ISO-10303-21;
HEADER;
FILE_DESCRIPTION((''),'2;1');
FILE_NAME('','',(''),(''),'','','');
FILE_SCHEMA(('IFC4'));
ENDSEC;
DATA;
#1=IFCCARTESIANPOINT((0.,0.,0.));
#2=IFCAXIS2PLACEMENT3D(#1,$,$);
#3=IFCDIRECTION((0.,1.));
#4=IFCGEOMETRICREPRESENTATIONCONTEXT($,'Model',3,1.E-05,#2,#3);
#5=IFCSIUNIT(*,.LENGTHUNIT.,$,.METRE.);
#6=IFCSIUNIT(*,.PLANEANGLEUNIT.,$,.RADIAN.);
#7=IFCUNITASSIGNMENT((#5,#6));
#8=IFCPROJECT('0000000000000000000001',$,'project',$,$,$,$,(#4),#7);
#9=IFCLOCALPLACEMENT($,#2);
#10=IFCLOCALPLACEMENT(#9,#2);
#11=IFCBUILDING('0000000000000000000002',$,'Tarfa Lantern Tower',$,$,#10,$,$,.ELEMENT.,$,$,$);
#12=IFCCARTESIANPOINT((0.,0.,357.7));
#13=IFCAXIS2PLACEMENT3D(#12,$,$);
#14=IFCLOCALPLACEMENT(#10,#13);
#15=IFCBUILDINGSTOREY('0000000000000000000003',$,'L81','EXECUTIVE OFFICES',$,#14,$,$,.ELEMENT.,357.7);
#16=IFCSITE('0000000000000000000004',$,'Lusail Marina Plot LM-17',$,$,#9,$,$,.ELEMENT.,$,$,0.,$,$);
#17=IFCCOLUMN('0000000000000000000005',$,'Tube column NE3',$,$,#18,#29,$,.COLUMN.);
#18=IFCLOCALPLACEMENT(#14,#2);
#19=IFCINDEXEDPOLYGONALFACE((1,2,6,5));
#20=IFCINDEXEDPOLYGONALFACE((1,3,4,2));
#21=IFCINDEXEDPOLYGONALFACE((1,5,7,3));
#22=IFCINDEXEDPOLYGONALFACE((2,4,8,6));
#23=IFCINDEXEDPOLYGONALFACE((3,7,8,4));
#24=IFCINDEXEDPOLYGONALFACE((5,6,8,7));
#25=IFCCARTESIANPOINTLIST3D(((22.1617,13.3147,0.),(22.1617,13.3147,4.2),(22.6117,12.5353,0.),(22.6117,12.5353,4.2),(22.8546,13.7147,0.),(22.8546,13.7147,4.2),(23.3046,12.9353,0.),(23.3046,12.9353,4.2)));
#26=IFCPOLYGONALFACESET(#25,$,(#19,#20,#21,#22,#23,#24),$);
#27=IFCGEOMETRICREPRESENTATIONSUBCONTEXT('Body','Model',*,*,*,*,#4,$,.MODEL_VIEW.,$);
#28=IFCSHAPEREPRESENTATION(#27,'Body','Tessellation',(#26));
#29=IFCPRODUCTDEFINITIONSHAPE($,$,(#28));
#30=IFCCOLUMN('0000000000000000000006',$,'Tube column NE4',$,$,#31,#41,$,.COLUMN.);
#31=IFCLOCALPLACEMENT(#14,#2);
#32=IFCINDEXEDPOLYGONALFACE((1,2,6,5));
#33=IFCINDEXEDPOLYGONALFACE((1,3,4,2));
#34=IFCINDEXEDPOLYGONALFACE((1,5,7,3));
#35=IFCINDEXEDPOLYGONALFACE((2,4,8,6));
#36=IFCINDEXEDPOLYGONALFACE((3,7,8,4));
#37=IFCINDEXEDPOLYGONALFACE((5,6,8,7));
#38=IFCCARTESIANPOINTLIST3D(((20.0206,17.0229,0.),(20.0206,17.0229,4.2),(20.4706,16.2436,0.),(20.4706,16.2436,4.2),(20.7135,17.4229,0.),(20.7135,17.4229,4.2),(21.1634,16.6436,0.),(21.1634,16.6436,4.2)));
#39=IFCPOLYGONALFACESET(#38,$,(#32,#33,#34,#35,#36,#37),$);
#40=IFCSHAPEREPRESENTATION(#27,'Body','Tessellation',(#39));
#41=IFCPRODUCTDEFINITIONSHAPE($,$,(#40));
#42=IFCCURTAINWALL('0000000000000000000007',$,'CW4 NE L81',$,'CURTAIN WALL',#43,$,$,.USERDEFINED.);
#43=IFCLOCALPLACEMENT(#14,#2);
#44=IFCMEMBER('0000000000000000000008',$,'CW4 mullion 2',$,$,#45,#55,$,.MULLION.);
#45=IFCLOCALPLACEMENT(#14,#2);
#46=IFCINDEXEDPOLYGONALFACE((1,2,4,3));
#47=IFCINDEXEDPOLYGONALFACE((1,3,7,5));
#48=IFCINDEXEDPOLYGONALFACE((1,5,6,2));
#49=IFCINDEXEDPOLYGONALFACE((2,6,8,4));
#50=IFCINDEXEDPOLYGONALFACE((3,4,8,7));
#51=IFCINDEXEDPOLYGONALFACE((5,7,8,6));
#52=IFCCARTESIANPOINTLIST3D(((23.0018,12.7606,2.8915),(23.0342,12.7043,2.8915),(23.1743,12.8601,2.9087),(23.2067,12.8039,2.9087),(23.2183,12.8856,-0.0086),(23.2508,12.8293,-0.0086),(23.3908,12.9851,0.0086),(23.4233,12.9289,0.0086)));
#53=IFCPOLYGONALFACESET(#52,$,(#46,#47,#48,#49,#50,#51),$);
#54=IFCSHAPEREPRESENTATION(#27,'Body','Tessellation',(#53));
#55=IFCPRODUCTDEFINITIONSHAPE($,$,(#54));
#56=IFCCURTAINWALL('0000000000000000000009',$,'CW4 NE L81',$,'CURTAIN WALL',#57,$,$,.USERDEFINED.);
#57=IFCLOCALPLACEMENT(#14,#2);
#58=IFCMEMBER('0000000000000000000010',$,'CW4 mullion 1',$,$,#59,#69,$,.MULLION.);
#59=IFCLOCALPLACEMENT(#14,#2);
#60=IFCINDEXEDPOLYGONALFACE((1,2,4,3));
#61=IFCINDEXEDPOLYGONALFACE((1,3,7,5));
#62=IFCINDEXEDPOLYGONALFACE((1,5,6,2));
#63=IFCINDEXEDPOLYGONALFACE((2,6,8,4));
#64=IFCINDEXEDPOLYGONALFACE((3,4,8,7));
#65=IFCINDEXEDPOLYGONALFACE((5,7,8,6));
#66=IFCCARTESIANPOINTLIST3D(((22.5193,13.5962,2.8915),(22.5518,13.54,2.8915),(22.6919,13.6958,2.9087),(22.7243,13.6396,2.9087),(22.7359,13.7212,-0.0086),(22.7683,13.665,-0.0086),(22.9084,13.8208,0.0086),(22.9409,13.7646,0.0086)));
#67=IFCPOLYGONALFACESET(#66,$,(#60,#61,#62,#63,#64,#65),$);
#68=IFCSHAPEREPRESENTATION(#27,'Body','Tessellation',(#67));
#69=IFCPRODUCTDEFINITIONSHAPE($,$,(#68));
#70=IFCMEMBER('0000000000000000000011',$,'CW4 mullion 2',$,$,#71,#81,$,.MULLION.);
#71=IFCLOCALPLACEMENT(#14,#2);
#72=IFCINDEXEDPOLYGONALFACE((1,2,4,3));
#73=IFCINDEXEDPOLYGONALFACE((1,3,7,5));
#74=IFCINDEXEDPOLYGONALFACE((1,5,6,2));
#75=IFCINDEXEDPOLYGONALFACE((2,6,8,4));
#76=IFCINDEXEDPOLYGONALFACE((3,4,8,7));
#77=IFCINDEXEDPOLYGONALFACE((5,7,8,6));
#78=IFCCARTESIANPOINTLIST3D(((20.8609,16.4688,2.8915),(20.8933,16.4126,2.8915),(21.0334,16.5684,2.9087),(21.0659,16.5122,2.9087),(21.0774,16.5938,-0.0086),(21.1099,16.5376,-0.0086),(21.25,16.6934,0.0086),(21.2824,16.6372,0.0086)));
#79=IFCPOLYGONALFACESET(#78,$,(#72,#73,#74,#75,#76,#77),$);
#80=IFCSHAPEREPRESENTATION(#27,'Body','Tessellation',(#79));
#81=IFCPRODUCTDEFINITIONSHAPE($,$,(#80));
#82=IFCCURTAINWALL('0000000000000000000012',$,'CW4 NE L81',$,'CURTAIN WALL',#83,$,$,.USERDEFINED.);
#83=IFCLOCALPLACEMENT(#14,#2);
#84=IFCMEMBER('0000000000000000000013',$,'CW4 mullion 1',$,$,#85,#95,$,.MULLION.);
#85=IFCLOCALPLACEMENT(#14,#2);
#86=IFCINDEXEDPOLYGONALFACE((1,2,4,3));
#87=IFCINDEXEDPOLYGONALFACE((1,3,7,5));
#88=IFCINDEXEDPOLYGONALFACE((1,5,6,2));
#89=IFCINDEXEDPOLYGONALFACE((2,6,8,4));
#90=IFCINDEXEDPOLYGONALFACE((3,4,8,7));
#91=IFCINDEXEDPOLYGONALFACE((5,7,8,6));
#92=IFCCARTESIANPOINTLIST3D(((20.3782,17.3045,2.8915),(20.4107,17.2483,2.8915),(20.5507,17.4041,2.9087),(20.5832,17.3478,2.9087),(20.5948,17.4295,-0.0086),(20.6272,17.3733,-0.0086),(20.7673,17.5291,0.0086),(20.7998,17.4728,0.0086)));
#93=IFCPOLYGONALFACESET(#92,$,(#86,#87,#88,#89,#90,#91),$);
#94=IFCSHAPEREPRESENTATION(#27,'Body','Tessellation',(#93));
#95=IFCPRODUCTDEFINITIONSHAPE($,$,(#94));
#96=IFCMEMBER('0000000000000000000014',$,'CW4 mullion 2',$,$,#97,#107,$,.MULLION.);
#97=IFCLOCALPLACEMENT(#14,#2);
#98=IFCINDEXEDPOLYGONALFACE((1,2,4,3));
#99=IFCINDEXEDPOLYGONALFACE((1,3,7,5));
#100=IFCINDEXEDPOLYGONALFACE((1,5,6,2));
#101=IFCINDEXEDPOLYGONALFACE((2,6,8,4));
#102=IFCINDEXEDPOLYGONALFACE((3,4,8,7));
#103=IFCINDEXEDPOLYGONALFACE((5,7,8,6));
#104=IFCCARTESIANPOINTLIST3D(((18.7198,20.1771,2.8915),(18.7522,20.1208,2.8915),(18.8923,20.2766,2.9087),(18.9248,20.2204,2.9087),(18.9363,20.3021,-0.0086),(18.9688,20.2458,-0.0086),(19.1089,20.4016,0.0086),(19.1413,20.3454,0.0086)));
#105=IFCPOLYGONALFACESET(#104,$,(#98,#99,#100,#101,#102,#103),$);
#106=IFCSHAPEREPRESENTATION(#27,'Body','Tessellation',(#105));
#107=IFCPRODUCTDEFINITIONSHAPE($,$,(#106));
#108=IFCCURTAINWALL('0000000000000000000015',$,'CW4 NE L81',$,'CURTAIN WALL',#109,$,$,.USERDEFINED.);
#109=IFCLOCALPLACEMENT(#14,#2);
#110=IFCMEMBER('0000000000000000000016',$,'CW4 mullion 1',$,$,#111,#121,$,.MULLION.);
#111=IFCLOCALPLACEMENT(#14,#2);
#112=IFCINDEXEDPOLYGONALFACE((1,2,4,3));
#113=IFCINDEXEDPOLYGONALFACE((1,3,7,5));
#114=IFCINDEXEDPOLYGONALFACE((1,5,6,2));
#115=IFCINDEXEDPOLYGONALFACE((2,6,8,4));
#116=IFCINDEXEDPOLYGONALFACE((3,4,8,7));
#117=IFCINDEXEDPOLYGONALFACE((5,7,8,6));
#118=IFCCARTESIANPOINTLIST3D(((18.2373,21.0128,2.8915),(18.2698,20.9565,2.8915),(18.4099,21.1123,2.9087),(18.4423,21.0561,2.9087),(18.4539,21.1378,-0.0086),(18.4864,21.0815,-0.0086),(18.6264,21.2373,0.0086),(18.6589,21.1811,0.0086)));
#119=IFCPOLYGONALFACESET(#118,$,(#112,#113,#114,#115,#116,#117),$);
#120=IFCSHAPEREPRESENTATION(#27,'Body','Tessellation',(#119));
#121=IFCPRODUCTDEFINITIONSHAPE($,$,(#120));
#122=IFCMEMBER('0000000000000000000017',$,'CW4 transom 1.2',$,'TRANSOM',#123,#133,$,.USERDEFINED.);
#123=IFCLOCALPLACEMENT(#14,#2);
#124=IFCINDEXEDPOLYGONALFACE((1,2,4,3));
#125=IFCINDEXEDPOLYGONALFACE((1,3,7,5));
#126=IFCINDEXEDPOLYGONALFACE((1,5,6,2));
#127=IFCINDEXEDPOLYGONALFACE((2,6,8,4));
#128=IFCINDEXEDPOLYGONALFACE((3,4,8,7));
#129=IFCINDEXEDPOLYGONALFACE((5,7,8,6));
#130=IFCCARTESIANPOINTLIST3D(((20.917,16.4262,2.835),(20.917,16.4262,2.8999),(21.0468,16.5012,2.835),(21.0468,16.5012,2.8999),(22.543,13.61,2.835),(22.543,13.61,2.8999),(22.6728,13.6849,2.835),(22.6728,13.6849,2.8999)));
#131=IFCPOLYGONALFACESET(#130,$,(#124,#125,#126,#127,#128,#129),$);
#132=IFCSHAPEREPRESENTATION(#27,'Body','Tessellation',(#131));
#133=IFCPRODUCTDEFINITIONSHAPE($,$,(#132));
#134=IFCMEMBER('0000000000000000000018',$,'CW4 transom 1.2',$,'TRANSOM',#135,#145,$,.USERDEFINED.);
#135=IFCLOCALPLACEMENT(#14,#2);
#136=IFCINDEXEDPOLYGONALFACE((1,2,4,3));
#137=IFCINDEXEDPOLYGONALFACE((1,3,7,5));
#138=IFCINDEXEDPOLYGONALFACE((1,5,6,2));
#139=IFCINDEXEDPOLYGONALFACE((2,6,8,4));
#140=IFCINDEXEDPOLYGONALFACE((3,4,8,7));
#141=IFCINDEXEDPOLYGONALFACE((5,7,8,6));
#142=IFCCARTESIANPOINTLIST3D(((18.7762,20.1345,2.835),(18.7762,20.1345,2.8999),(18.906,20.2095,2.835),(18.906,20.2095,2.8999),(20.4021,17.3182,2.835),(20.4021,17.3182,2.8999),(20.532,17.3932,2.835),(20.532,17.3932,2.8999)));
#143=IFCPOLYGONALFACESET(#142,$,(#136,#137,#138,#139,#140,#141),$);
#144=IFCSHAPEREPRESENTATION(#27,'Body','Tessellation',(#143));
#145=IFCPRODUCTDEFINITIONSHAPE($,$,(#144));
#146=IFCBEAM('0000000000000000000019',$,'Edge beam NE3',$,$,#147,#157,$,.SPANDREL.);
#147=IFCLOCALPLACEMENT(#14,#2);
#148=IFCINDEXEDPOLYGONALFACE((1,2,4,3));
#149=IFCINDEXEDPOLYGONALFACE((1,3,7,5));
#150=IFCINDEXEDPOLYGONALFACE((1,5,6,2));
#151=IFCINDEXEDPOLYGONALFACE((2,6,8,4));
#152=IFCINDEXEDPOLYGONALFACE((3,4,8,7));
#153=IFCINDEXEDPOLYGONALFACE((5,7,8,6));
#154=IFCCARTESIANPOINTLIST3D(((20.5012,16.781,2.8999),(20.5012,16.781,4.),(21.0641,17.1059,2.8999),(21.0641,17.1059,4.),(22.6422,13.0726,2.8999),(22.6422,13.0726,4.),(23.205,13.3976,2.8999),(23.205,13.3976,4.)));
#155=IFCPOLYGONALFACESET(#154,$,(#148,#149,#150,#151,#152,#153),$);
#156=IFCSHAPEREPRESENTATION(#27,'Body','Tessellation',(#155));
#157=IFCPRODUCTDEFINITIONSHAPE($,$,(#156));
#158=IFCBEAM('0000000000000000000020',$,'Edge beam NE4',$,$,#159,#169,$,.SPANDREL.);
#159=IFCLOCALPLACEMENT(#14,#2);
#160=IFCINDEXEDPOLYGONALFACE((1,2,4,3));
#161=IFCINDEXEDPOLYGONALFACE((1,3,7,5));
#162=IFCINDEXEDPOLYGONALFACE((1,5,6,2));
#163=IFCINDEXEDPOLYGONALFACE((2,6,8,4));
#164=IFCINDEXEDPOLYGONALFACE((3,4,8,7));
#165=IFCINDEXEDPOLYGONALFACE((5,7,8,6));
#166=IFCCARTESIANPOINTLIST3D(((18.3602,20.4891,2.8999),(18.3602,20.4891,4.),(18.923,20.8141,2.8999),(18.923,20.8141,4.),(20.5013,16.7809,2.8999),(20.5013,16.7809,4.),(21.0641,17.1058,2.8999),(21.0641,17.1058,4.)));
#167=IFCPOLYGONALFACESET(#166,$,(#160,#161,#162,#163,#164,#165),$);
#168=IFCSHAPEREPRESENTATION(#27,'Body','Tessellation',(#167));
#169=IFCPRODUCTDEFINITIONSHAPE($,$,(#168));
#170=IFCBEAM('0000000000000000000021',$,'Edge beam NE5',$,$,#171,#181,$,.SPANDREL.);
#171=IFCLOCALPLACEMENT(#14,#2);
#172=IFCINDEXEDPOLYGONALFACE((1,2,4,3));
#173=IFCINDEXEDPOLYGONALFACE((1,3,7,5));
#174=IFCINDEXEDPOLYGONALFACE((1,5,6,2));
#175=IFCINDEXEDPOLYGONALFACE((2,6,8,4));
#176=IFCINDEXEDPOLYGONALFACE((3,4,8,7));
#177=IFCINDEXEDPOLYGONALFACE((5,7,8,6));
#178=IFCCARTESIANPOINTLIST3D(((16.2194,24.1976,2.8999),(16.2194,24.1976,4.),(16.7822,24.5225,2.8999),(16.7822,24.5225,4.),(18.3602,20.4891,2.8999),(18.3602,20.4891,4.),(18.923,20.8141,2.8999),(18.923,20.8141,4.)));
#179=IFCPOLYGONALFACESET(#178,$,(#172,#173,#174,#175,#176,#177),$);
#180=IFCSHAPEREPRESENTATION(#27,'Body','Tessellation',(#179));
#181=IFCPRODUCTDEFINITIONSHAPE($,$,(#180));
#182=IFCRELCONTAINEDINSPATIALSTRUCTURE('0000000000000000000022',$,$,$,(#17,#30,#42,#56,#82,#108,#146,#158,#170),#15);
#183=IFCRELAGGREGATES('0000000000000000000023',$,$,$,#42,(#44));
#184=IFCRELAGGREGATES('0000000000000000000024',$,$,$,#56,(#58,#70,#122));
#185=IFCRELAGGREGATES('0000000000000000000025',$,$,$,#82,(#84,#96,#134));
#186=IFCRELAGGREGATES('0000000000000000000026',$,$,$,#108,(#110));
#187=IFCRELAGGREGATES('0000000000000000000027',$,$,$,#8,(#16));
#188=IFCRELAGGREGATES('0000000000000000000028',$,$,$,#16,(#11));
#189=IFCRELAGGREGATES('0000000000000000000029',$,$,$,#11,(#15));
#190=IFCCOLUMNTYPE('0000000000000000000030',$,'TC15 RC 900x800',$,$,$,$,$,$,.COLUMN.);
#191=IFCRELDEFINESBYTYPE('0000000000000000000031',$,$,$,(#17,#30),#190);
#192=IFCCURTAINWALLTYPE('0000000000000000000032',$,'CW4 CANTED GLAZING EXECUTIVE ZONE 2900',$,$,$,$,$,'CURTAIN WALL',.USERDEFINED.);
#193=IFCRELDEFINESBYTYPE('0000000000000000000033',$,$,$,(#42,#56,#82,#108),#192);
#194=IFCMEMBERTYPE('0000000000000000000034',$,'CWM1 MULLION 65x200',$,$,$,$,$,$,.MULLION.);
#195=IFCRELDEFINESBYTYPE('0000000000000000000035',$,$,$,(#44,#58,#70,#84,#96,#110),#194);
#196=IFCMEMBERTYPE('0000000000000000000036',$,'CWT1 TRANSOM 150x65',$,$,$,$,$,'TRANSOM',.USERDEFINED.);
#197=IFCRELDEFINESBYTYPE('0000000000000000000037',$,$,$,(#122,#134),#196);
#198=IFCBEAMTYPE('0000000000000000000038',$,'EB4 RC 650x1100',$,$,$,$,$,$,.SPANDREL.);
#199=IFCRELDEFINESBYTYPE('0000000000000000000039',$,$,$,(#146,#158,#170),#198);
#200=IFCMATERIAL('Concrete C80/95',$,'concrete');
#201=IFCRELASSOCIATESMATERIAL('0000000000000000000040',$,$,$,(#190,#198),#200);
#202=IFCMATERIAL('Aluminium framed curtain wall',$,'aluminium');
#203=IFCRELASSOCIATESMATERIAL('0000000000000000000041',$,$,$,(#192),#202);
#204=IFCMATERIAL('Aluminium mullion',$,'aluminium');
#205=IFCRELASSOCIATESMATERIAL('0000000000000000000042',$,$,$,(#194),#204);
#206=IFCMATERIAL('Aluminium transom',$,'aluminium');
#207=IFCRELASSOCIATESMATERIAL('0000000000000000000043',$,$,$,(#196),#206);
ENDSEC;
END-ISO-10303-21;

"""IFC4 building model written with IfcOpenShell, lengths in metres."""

from ifc_helpers import new_model, si_unit, direction, frame, origin, origin_2d, place, context, subcontext, project, spatial, rectangle, extrude, material, material_profile, profile_set, type_object, element, aggregate, save


model = new_model("IFC4")

# Units and contexts
model_context = context("Model", 3, precision=1e-05, world=origin(), true_north=direction((0.0, 1.0)))
body_context = subcontext(model_context, "Body", "Model", "MODEL_VIEW")
ifc_project = project(units=[si_unit("LENGTHUNIT", "METRE"), si_unit("PLANEANGLEUNIT", "RADIAN")], contexts=[model_context])

# Site, building, storey
site_placement = place(None, origin())
site = spatial("IfcSite", under=ifc_project, at=site_placement, Name="Lusail Marina Plot LM-17", CompositionType="ELEMENT", RefElevation=0.0)
building_placement = place(site_placement, origin())
building = spatial("IfcBuilding", under=site, at=building_placement, Name="Tarfa Lantern Tower", CompositionType="ELEMENT")
storey_placement = place(building_placement, frame((0.0, 0.0, 357.7)))
storey = spatial("IfcBuildingStorey", under=building, at=storey_placement, Name="L81", Description="EXECUTIVE OFFICES", CompositionType="ELEMENT", Elevation=357.7)

# Columns
ifc_material_1 = material(Name="Concrete C80/95", Category="concrete")
ifc_material_profile_1 = material_profile(ifc_material_1, rectangle(XDim=0.8999, YDim=0.8, at=origin_2d()), Name="RC 900x800")
ifc_profile_set_1 = profile_set([ifc_material_profile_1], Name="Concrete C80/95")
column_type = type_object("IfcColumnType", Name="TC15 RC 900x800", PredefinedType="COLUMN", material=ifc_profile_set_1)
for number, where, z_axis, x_axis, name in (
    (1, (22.7332, 13.125, 0.0), (0.0, 0.0, 1.0), (-0.5, 0.866025, 0.0), "Tube column NE3"),
    (2, (20.592, 16.8333, 0.0), (0.0, 0.0, 1.0), (-0.5, 0.866025, 0.0), "Tube column NE4"),
):
    element("IfcColumn", number, at=place(storey_placement, frame(where, z_axis=z_axis, x_axis=x_axis)), inside=storey, type_object=column_type, Name=name, PredefinedType="COLUMN", context=body_context, shape_type="SweptSolid", body=[
        extrude(rectangle(XDim=0.8999, YDim=0.8, at=origin_2d()), origin(), (0.0, 0.0, 1.0), 4.2),
    ])

# Curtain wall, member
ifc_material_2 = material(Name="Aluminium framed curtain wall", Category="aluminium")
curtain_wall_type = type_object("IfcCurtainWallType", Name="CW4 CANTED GLAZING EXECUTIVE ZONE 2900", ElementType="CURTAIN WALL", PredefinedType="USERDEFINED", material=ifc_material_2)
curtain_wall_1_placement = place(storey_placement, origin())
curtain_wall_1 = element("IfcCurtainWall", 3, at=curtain_wall_1_placement, inside=storey, type_object=curtain_wall_type, Name="CW4 NE L81", ObjectType="CURTAIN WALL", PredefinedType="USERDEFINED")
ifc_material_3 = material(Name="Aluminium mullion", Category="aluminium")
ifc_material_profile_2 = material_profile(ifc_material_3, rectangle(XDim=0.0649, YDim=0.2, at=origin_2d()), Name="AL MULLION 65x200")
ifc_profile_set_2 = profile_set([ifc_material_profile_2], Name="Aluminium mullion")
member_type_1 = type_object("IfcMemberType", Name="CWM1 MULLION 65x200", PredefinedType="MULLION", material=ifc_profile_set_2)
member_1_placement = place(storey_placement, frame((23.3208, 12.9072, 0.0), z_axis=(-0.074394, -0.042942, 0.996304), x_axis=(0.49992, -0.866072, 0.0)))
member_1 = element("IfcMember", 4, at=member_1_placement, type_object=member_type_1, Name="CW4 mullion 2", PredefinedType="MULLION", context=body_context, shape_type="SweptSolid", body=[
    extrude(rectangle(XDim=0.0649, YDim=0.2, at=origin_2d()), origin(), (0.0, 0.0, 1.0), 2.9109),
])

# Curtain walls, members
curtain_wall_2_placement = place(storey_placement, origin())
curtain_wall_2 = element("IfcCurtainWall", 5, at=curtain_wall_2_placement, inside=storey, type_object=curtain_wall_type, Name="CW4 NE L81", ObjectType="CURTAIN WALL", PredefinedType="USERDEFINED")
member_2_placement = place(storey_placement, frame((22.8384, 13.7429, 0.0), z_axis=(-0.074394, -0.042942, 0.996304), x_axis=(0.49992, -0.866072, 0.0)))
member_2 = element("IfcMember", 6, at=member_2_placement, type_object=member_type_1, Name="CW4 mullion 1", PredefinedType="MULLION", context=body_context, shape_type="SweptSolid", body=[
    extrude(rectangle(XDim=0.0649, YDim=0.2, at=origin_2d()), origin(), (0.0, 0.0, 1.0), 2.9109),
])
member_3_placement = place(storey_placement, frame((21.1799, 16.6155, 0.0), z_axis=(-0.074394, -0.042942, 0.996304), x_axis=(0.49992, -0.866072, 0.0)))
member_3 = element("IfcMember", 7, at=member_3_placement, type_object=member_type_1, Name="CW4 mullion 2", PredefinedType="MULLION", context=body_context, shape_type="SweptSolid", body=[
    extrude(rectangle(XDim=0.0649, YDim=0.2, at=origin_2d()), origin(), (0.0, 0.0, 1.0), 2.9109),
])
curtain_wall_3_placement = place(storey_placement, origin())
curtain_wall_3 = element("IfcCurtainWall", 8, at=curtain_wall_3_placement, inside=storey, type_object=curtain_wall_type, Name="CW4 NE L81", ObjectType="CURTAIN WALL", PredefinedType="USERDEFINED")
member_4_placement = place(storey_placement, frame((20.6973, 17.4512, 0.0), z_axis=(-0.074394, -0.042942, 0.996304), x_axis=(0.49992, -0.866072, 0.0)))
member_4 = element("IfcMember", 9, at=member_4_placement, type_object=member_type_1, Name="CW4 mullion 1", PredefinedType="MULLION", context=body_context, shape_type="SweptSolid", body=[
    extrude(rectangle(XDim=0.0649, YDim=0.2, at=origin_2d()), origin(), (0.0, 0.0, 1.0), 2.9109),
])
member_5_placement = place(storey_placement, frame((19.0388, 20.3237, 0.0), z_axis=(-0.074394, -0.042942, 0.996304), x_axis=(0.49992, -0.866072, 0.0)))
member_5 = element("IfcMember", 10, at=member_5_placement, type_object=member_type_1, Name="CW4 mullion 2", PredefinedType="MULLION", context=body_context, shape_type="SweptSolid", body=[
    extrude(rectangle(XDim=0.0649, YDim=0.2, at=origin_2d()), origin(), (0.0, 0.0, 1.0), 2.9109),
])

# Curtain wall, member
curtain_wall_4_placement = place(storey_placement, origin())
curtain_wall_4 = element("IfcCurtainWall", 11, at=curtain_wall_4_placement, inside=storey, type_object=curtain_wall_type, Name="CW4 NE L81", ObjectType="CURTAIN WALL", PredefinedType="USERDEFINED")
member_6_placement = place(storey_placement, frame((18.5564, 21.1594, 0.0), z_axis=(-0.074394, -0.042942, 0.996304), x_axis=(0.49992, -0.866072, 0.0)))
member_6 = element("IfcMember", 12, at=member_6_placement, type_object=member_type_1, Name="CW4 mullion 1", PredefinedType="MULLION", context=body_context, shape_type="SweptSolid", body=[
    extrude(rectangle(XDim=0.0649, YDim=0.2, at=origin_2d()), origin(), (0.0, 0.0, 1.0), 2.9109),
])

# Members
ifc_material_4 = material(Name="Aluminium transom", Category="aluminium")
ifc_material_profile_3 = material_profile(ifc_material_4, rectangle(XDim=0.1499, YDim=0.0649, at=origin_2d()), Name="AL TRANSOM 150x65")
ifc_profile_set_3 = profile_set([ifc_material_profile_3], Name="Aluminium transom")
member_type_2 = type_object("IfcMemberType", Name="CWT1 TRANSOM 150x65", ElementType="TRANSOM", PredefinedType="USERDEFINED", material=ifc_profile_set_3)
member_7_placement = place(storey_placement, frame((22.6079, 13.6475, 2.8674), z_axis=(-0.500015, 0.866017, 0.0), x_axis=(-0.866017, -0.500015, 0.0)))
member_7 = element("IfcMember", 13, at=member_7_placement, type_object=member_type_2, Name="CW4 transom 1.2", ObjectType="TRANSOM", PredefinedType="USERDEFINED", context=body_context, shape_type="SweptSolid", body=[
    extrude(rectangle(XDim=0.1499, YDim=0.0649, at=origin_2d()), origin(), (0.0, 0.0, 1.0), 3.252),
])
member_8_placement = place(storey_placement, frame((20.467, 17.3557, 2.8674), z_axis=(-0.499982, 0.866036, 0.0), x_axis=(-0.866036, -0.499982, 0.0)))
member_8 = element("IfcMember", 14, at=member_8_placement, type_object=member_type_2, Name="CW4 transom 1.2", ObjectType="TRANSOM", PredefinedType="USERDEFINED", context=body_context, shape_type="SweptSolid", body=[
    extrude(rectangle(XDim=0.1499, YDim=0.0649, at=origin_2d()), origin(), (0.0, 0.0, 1.0), 3.252),
])

# Beams
ifc_material_profile_4 = material_profile(ifc_material_1, rectangle(XDim=0.6499, YDim=1.1001, at=origin_2d()), Name="RC 650x1100")
ifc_profile_set_4 = profile_set([ifc_material_profile_4], Name="Concrete C80/95")
beam_type_1 = type_object("IfcBeamType", Name="EB4 RC 650x1100", PredefinedType="SPANDREL", material=ifc_profile_set_4)
for number, where, z_axis, x_axis, name in (
    (15, (22.9236, 13.2351, 3.45), (-0.499984, 0.866035, 0.0), (-0.866035, -0.499984, 0.0), "Edge beam NE3"),
    (16, (20.7827, 16.9434, 3.45), (-0.500027, 0.86601, 0.0), (-0.86601, -0.500027, 0.0), "Edge beam NE4"),
    (17, (18.6416, 20.6516, 3.45), (-0.499959, 0.866049, 0.0), (-0.866049, -0.499959, 0.0), "Edge beam NE5"),
):
    element("IfcBeam", number, at=place(storey_placement, frame(where, z_axis=z_axis, x_axis=x_axis)), inside=storey, type_object=beam_type_1, Name=name, PredefinedType="SPANDREL", context=body_context, shape_type="SweptSolid", body=[
        extrude(rectangle(XDim=0.6499, YDim=1.1001, at=origin_2d()), origin(), (0.0, 0.0, 1.0), 4.282),
    ])

aggregate(curtain_wall_1, [member_1])
aggregate(curtain_wall_2, [member_2, member_3, member_7])
aggregate(curtain_wall_3, [member_4, member_5, member_8])
aggregate(curtain_wall_4, [member_6])

save(model, "model.ifc")
